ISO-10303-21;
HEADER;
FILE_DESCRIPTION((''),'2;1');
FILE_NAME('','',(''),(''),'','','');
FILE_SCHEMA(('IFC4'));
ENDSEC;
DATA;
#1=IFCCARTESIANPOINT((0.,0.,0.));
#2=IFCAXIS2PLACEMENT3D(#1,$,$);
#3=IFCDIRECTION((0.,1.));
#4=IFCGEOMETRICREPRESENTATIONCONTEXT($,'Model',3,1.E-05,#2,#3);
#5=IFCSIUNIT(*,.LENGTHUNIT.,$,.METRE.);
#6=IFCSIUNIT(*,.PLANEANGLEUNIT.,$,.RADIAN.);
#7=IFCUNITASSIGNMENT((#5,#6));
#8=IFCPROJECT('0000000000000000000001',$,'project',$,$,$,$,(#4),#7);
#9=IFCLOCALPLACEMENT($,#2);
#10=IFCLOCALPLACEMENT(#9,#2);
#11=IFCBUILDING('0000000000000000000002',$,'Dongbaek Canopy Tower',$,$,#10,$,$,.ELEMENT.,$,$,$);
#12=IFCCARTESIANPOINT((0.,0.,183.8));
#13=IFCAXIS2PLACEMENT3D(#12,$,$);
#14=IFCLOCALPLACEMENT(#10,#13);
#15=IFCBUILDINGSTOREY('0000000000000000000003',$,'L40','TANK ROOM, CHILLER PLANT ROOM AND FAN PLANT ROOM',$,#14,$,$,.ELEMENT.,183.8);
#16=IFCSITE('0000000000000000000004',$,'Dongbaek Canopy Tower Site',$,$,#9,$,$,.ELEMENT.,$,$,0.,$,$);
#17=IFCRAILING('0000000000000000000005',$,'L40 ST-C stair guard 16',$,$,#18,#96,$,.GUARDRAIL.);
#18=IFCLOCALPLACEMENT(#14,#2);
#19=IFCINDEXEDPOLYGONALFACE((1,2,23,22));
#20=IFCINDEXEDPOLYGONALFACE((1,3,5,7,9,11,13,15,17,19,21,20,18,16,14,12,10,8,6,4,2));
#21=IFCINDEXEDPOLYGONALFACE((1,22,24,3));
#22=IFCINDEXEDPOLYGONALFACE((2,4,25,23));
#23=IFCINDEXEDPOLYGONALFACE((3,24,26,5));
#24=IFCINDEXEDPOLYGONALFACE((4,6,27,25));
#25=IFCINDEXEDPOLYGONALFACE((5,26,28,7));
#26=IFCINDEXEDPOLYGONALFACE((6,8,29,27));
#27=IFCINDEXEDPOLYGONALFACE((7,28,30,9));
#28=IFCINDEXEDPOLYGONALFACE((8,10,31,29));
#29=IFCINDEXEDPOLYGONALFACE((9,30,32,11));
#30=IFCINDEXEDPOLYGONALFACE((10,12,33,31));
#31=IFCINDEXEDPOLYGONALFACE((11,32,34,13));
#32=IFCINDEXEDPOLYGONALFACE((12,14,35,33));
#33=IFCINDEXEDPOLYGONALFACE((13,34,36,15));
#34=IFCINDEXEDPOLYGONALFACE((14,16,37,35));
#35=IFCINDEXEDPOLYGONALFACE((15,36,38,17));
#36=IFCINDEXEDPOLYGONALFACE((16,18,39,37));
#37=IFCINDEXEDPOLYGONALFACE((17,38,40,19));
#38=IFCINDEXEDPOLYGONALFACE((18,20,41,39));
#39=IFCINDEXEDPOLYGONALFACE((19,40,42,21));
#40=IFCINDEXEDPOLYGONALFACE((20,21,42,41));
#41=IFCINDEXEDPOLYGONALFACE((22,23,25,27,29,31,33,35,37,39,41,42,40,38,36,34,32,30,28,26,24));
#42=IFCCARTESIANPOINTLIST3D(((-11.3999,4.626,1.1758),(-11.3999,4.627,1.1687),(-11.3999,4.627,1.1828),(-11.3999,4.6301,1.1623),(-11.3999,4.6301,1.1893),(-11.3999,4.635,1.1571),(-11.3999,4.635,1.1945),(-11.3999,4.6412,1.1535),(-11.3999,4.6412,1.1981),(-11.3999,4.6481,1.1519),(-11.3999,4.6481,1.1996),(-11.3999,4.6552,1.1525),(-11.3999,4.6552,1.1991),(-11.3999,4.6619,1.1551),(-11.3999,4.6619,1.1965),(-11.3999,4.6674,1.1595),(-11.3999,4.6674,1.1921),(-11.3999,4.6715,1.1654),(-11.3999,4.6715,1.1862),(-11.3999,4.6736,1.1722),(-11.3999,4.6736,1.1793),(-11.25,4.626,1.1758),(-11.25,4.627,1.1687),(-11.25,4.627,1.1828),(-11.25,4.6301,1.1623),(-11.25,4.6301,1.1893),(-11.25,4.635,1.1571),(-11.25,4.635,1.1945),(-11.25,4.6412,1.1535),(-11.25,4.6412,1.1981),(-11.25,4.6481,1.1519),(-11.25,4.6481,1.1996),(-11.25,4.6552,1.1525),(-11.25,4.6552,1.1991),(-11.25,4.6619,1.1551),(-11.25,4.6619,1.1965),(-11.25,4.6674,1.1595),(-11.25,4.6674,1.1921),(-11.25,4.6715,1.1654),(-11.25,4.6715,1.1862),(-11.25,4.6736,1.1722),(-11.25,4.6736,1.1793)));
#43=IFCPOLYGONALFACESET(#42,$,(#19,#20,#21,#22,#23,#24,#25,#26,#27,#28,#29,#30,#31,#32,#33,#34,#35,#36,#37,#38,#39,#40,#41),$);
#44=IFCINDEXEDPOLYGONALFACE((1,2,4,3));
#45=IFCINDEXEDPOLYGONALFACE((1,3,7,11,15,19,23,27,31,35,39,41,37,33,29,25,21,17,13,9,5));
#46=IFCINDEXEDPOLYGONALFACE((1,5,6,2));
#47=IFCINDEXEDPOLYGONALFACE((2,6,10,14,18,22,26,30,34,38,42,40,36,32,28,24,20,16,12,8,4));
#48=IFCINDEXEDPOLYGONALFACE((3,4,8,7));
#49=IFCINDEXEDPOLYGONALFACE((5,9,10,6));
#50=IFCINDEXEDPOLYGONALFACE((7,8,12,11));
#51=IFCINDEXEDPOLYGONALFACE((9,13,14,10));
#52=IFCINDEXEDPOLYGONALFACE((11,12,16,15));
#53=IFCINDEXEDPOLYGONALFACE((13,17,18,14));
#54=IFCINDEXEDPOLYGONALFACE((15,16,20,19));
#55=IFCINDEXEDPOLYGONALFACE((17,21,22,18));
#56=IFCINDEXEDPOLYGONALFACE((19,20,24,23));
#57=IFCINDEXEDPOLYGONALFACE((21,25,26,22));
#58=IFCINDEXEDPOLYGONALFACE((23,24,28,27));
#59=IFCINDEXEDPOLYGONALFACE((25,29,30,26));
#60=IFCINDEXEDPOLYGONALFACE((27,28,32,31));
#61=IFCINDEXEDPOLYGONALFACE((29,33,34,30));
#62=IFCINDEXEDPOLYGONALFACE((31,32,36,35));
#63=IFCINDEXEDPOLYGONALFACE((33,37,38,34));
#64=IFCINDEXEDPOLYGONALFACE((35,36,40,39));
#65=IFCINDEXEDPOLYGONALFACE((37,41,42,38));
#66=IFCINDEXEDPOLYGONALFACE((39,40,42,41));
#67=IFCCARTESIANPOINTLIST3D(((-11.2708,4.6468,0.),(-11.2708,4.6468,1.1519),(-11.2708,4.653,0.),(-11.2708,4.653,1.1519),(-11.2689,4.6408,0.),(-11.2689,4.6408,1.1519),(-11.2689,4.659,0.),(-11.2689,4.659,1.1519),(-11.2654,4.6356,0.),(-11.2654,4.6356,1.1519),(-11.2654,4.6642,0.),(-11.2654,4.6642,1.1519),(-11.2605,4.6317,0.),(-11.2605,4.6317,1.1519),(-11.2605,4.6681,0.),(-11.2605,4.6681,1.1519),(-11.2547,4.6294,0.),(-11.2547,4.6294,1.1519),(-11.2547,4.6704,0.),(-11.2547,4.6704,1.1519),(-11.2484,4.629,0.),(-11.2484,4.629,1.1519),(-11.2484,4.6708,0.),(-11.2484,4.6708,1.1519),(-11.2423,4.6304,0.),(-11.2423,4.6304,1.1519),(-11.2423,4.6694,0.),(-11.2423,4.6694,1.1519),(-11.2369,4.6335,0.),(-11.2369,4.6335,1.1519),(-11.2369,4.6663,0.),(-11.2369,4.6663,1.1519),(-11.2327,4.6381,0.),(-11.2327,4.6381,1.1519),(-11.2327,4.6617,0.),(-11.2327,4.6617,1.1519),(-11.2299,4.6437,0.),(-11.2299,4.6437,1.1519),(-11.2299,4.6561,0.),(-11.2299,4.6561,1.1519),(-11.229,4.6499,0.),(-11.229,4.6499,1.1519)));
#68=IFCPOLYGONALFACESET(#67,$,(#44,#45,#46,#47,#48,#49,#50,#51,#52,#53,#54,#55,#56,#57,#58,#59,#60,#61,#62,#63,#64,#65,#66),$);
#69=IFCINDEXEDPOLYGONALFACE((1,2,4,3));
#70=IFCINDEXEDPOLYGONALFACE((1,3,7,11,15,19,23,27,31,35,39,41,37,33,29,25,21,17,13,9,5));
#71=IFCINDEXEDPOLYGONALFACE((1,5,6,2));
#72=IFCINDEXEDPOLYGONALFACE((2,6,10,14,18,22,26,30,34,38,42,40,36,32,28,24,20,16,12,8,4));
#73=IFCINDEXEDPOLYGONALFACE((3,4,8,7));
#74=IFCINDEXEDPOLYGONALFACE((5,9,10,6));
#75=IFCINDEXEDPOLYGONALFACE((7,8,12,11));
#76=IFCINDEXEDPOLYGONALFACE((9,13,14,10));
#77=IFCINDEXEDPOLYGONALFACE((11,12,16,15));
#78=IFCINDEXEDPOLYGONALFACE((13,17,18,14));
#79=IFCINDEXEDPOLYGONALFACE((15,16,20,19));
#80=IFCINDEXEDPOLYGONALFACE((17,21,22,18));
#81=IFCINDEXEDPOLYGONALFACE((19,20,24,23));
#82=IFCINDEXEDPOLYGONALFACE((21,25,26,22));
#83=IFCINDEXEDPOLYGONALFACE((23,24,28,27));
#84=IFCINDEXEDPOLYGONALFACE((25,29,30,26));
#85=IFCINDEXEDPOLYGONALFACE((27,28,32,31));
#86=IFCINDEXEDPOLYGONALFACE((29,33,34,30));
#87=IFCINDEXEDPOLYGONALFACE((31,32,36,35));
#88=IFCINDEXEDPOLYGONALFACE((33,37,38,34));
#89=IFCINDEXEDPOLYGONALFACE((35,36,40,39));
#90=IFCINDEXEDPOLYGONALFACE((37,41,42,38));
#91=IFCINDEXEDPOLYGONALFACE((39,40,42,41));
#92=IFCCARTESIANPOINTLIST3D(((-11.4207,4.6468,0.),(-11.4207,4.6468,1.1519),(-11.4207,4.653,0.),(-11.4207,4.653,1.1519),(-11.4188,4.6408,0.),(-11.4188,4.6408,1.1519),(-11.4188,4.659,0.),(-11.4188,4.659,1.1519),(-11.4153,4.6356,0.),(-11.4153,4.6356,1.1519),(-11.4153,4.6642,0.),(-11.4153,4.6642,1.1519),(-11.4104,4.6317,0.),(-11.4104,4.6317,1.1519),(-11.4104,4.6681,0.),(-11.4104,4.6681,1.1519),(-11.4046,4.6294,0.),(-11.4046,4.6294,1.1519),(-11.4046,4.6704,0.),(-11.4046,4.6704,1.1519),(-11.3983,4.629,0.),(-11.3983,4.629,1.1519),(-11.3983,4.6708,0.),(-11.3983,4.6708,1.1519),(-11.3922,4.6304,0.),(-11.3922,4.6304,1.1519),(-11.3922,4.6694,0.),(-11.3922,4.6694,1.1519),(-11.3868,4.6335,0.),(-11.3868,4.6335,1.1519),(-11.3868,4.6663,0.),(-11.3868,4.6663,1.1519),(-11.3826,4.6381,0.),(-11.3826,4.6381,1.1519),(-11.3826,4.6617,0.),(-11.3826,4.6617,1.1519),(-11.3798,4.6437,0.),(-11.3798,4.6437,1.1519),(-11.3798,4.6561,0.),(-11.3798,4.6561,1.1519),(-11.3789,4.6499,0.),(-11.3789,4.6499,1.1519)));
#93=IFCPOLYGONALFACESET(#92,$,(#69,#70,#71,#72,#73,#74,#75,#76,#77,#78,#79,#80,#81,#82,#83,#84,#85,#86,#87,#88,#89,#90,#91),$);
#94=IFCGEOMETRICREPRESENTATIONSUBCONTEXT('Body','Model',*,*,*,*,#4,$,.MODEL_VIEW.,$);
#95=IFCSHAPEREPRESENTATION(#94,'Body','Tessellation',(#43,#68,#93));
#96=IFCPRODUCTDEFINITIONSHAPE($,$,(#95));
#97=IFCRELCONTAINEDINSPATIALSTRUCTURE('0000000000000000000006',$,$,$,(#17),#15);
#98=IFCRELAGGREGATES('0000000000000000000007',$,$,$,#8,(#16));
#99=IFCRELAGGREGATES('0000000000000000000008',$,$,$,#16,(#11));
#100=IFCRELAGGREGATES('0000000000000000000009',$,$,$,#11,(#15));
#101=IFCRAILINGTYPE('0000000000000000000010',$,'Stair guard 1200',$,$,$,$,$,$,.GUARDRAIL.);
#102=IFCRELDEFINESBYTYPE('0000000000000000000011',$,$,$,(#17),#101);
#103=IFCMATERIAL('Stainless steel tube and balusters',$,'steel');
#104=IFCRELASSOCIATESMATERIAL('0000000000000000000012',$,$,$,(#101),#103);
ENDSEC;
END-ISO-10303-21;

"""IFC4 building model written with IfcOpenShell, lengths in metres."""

from ifc_helpers import new_model, si_unit, direction, frame, origin, origin_2d, place, context, subcontext, project, spatial, circle, extrude, material, type_object, element, save


model = new_model("IFC4")

# Units and contexts
model_context = context("Model", 3, precision=1e-05, world=origin(), true_north=direction((0.0, 1.0)))
body_context = subcontext(model_context, "Body", "Model", "MODEL_VIEW")
ifc_project = project(units=[si_unit("LENGTHUNIT", "METRE"), si_unit("PLANEANGLEUNIT", "RADIAN")], contexts=[model_context])

# Site, building, storey
site_placement = place(None, origin())
site = spatial("IfcSite", under=ifc_project, at=site_placement, Name="Dongbaek Canopy Tower Site", CompositionType="ELEMENT", RefElevation=0.0)
building_placement = place(site_placement, origin())
building = spatial("IfcBuilding", under=site, at=building_placement, Name="Dongbaek Canopy Tower", CompositionType="ELEMENT")
storey_placement = place(building_placement, frame((0.0, 0.0, 183.8)))
storey = spatial("IfcBuildingStorey", under=building, at=storey_placement, Name="L40", Description="TANK ROOM, CHILLER PLANT ROOM AND FAN PLANT ROOM", CompositionType="ELEMENT", Elevation=183.8)

# Railing
ifc_material_1 = material(Name="Stainless steel tube and balusters", Category="steel")
railing_type_1 = type_object("IfcRailingType", Name="Stair guard 1200", PredefinedType="GUARDRAIL", material=ifc_material_1)
railing_1_placement = place(storey_placement, frame((-11.25, 4.6499, 0.0)))
element("IfcRailing", 1, at=railing_1_placement, inside=storey, type_object=railing_type_1, Name="L40 ST-C stair guard 16", PredefinedType="GUARDRAIL", context=body_context, shape_type="SweptSolid", body=[
    extrude(circle(Radius=0.0239, at=origin_2d()), frame((0.0, 0.0, 1.1758), z_axis=(-1.0, 0.0, 0.0), x_axis=(0.0, -1.0, 0.0)), (0.0, 0.0, 1.0), 0.1499),
    extrude(circle(Radius=0.021, at=origin_2d()), origin(), (0.0, 0.0, 1.0), 1.1519),
    extrude(circle(Radius=0.021, at=origin_2d()), frame((-0.1499, 0.0, 0.0)), (0.0, 0.0, 1.0), 1.1519),
])

save(model, "model.ifc")
